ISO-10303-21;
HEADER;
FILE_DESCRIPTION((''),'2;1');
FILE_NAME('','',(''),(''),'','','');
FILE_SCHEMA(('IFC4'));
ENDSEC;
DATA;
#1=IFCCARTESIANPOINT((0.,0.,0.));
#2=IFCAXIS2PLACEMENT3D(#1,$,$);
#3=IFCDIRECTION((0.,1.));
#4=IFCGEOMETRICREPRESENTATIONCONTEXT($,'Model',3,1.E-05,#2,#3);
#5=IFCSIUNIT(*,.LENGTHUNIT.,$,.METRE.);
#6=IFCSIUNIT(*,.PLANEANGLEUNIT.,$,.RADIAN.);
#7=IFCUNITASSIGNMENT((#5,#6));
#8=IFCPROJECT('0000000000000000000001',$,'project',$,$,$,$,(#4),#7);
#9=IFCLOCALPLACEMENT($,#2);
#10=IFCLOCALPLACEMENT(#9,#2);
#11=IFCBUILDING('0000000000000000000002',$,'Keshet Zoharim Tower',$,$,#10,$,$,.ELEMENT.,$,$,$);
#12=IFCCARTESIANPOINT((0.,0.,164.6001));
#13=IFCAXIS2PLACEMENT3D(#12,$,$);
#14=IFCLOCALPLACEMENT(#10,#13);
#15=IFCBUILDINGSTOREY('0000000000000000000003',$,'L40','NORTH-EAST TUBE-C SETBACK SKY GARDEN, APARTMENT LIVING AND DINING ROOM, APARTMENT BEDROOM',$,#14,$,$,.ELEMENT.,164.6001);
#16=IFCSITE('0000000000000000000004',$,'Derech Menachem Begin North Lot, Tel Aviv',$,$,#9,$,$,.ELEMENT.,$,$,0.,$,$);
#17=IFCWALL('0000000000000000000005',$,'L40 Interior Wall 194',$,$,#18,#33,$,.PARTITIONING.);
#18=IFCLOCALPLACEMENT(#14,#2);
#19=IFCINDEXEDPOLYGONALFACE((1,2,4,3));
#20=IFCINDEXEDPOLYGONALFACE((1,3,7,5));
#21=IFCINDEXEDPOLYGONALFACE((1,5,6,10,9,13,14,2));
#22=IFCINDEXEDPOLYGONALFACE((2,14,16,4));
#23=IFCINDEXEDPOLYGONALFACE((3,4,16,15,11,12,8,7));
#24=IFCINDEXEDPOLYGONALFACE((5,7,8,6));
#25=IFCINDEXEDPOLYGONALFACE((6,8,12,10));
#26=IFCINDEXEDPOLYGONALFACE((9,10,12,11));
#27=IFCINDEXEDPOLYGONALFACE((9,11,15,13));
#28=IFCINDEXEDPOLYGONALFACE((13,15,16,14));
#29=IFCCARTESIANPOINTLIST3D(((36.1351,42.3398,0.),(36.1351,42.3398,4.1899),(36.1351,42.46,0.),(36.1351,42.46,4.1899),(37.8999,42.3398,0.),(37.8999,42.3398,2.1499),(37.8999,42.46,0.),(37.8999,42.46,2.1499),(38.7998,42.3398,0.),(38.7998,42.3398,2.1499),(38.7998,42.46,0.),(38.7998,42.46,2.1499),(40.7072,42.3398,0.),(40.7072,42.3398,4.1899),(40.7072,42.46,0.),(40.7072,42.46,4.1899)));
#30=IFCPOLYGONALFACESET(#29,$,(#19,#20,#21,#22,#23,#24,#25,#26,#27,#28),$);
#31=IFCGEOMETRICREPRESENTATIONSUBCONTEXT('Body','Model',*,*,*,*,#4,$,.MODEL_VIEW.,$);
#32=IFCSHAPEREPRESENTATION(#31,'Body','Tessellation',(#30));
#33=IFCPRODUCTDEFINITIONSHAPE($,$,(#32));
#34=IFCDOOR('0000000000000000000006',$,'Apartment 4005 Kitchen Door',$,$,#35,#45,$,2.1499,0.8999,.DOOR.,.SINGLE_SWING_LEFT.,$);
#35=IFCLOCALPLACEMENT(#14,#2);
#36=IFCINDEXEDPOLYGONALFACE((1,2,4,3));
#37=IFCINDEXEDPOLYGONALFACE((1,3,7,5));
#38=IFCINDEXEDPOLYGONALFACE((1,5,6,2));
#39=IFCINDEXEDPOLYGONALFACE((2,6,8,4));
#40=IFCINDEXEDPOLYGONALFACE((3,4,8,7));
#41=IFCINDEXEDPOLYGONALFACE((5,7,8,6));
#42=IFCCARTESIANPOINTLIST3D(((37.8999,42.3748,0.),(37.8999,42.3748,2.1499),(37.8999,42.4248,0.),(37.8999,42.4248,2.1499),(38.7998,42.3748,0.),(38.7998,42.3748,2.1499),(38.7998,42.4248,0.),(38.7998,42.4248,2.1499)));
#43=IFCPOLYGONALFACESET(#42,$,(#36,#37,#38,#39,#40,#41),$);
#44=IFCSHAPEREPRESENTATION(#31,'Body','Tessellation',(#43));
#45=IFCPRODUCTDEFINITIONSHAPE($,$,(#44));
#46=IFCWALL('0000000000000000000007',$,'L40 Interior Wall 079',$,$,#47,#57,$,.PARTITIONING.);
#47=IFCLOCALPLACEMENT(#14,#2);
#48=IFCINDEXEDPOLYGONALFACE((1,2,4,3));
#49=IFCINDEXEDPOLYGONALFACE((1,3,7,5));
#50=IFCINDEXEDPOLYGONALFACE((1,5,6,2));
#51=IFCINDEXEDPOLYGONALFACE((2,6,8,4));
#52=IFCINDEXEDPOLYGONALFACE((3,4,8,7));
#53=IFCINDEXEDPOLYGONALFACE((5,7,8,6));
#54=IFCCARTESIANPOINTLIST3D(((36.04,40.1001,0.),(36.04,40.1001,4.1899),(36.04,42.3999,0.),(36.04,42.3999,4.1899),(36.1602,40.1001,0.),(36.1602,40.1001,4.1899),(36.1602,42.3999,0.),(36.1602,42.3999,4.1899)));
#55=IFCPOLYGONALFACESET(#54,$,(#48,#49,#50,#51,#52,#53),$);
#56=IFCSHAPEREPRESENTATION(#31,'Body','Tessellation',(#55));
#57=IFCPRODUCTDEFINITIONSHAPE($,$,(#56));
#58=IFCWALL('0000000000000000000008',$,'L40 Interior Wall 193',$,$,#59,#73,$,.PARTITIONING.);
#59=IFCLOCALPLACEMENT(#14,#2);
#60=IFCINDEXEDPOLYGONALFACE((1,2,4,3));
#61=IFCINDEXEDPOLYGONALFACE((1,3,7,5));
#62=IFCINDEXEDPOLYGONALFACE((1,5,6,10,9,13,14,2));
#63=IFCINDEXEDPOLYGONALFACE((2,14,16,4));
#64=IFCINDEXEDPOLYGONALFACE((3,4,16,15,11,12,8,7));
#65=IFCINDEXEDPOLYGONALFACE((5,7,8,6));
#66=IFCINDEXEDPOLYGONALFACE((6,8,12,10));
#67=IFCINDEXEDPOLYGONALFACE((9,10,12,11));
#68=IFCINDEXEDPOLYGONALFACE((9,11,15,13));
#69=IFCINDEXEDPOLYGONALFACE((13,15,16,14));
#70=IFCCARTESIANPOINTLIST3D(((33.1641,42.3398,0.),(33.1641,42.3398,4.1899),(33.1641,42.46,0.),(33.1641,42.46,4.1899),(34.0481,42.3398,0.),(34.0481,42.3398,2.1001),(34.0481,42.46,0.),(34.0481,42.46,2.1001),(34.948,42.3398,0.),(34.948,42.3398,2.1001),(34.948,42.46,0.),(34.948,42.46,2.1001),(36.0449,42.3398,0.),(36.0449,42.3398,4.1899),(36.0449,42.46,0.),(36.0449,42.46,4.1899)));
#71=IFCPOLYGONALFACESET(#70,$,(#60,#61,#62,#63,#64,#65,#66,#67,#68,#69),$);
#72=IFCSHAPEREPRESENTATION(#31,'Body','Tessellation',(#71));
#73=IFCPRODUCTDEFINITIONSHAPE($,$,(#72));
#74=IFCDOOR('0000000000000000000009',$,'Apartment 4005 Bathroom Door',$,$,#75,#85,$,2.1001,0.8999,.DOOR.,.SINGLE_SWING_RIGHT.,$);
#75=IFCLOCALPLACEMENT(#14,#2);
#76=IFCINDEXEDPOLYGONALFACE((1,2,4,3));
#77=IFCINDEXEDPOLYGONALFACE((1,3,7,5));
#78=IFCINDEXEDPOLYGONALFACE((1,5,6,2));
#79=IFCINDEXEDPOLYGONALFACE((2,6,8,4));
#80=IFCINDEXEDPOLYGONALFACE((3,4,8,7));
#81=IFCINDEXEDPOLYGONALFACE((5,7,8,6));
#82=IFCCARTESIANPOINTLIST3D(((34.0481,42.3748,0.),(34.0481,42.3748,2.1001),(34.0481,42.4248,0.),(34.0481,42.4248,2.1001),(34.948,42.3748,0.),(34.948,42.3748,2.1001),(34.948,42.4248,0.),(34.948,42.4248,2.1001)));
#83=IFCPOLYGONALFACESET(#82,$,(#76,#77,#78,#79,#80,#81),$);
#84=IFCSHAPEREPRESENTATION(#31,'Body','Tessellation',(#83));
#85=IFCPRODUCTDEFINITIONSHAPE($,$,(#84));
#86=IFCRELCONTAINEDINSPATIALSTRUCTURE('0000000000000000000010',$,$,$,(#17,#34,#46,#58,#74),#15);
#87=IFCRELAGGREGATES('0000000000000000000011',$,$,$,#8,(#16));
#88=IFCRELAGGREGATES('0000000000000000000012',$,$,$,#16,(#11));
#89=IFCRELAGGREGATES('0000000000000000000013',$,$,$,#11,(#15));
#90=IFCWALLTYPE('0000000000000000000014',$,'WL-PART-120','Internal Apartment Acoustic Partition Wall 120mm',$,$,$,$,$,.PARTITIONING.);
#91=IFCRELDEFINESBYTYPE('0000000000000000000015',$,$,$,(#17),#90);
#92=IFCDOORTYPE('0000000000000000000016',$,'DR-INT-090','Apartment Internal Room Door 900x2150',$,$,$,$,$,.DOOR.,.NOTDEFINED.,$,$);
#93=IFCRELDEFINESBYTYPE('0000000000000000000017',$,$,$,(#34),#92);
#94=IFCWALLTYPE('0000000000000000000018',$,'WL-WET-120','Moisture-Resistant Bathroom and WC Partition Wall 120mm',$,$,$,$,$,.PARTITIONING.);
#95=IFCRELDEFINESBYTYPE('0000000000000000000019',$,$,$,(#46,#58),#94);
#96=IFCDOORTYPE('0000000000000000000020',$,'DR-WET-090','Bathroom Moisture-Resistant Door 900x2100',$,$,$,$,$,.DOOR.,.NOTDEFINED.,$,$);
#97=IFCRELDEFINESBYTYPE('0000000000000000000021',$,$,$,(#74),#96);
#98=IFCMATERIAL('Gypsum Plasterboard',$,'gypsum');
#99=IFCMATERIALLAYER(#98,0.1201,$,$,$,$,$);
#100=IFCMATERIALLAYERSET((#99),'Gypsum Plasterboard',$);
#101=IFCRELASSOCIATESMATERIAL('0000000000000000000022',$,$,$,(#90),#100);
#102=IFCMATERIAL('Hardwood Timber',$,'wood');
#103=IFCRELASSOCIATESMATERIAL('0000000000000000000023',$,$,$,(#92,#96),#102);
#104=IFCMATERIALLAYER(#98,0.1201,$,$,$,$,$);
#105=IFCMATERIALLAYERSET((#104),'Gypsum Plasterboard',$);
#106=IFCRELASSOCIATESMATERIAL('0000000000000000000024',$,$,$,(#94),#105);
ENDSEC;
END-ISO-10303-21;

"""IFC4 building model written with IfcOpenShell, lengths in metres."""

from ifc_helpers import new_model, si_unit, direction, frame, frame_2d, origin, place, context, subcontext, project, spatial, rectangle, extrude, material, layer, layer_set, type_object, element, fill, save


model = new_model("IFC4")

# Units and contexts
model_context = context("Model", 3, precision=1e-05, world=origin(), true_north=direction((0.0, 1.0)))
body_context = subcontext(model_context, "Body", "Model", "MODEL_VIEW")
ifc_project = project(units=[si_unit("LENGTHUNIT", "METRE"), si_unit("PLANEANGLEUNIT", "RADIAN")], contexts=[model_context])

# Site, building, storey
site_placement = place(None, origin())
site = spatial("IfcSite", under=ifc_project, at=site_placement, Name="Derech Menachem Begin North Lot, Tel Aviv", CompositionType="ELEMENT", RefElevation=0.0)
building_placement = place(site_placement, origin())
building = spatial("IfcBuilding", under=site, at=building_placement, Name="Keshet Zoharim Tower", CompositionType="ELEMENT")
storey_placement = place(building_placement, frame((0.0, 0.0, 164.6001)))
storey = spatial("IfcBuildingStorey", under=building, at=storey_placement, Name="L40", Description="NORTH-EAST TUBE-C SETBACK SKY GARDEN, APARTMENT LIVING AND DINING ROOM, APARTMENT BEDROOM", CompositionType="ELEMENT", Elevation=164.6001)

# Shared definitions
ifc_material_1 = material(Name="Gypsum Plasterboard", Category="gypsum")
ifc_layer_1 = layer(ifc_material_1, 0.1201)
ifc_layer_set_1 = layer_set([ifc_layer_1], Name="Gypsum Plasterboard")
wall_type_1 = type_object("IfcWallType", Name="WL-PART-120", Description="Internal Apartment Acoustic Partition Wall 120mm", PredefinedType="PARTITIONING", material=ifc_layer_set_1)

# Wall, opening, door
wall_1_placement = place(storey_placement, frame((36.135, 42.3999, 0.0), z_axis=(0.0, 0.0, 1.0), x_axis=(1.0, 0.0, 0.0)))
wall_1 = element("IfcWall", 1, at=wall_1_placement, inside=storey, type_object=wall_type_1, Name="L40 Interior Wall 194", PredefinedType="PARTITIONING", context=body_context, shape_type="SweptSolid", body=[
    extrude(rectangle(XDim=4.572, YDim=0.1201, at=frame_2d((2.2861, 0.0))), origin(), (0.0, 0.0, 1.0), 4.1899),
])
opening_1_placement = place(wall_1_placement, frame((1.7649, 0.0, 0.0)))
opening_1 = element("IfcOpeningElement", 2, at=opening_1_placement, cuts=wall_1, PredefinedType="OPENING", context=body_context, shape_type="SweptSolid", body=[
    extrude(rectangle(XDim=0.8999, YDim=2.1499, at=frame_2d((0.45, 1.075))), frame((0.0, 0.0701, 0.0), z_axis=(0.0, -1.0, 0.0), x_axis=(1.0, 0.0, 0.0)), (0.0, 0.0, 1.0), 0.1401),
])
ifc_material_2 = material(Name="Hardwood Timber", Category="wood")
door_type_1 = type_object("IfcDoorType", Name="DR-INT-090", Description="Apartment Internal Room Door 900x2150", OperationType="NOTDEFINED", PredefinedType="DOOR", material=ifc_material_2)
door_1_placement = place(opening_1_placement, origin())
door_1 = element("IfcDoor", 3, at=door_1_placement, inside=storey, type_object=door_type_1, Name="Apartment 4005 Kitchen Door", OperationType="SINGLE_SWING_LEFT", OverallHeight=2.1499, OverallWidth=0.8999, PredefinedType="DOOR", context=body_context, shape_type="SweptSolid", body=[
    extrude(rectangle(XDim=0.8999, YDim=2.1499, at=frame_2d((0.45, 1.075))), frame((0.0, 0.0249, 0.0), z_axis=(0.0, -1.0, 0.0), x_axis=(1.0, 0.0, 0.0)), (0.0, 0.0, 1.0), 0.05),
])
fill(opening_1, door_1)

# Wall
ifc_layer_2 = layer(ifc_material_1, 0.1201)
ifc_layer_set_2 = layer_set([ifc_layer_2], Name="Gypsum Plasterboard")
wall_type_2 = type_object("IfcWallType", Name="WL-WET-120", Description="Moisture-Resistant Bathroom and WC Partition Wall 120mm", PredefinedType="PARTITIONING", material=ifc_layer_set_2)
wall_2_placement = place(storey_placement, frame((36.1001, 40.1001, 0.0), z_axis=(0.0, 0.0, 1.0), x_axis=(0.0, 1.0, 0.0)))
element("IfcWall", 4, at=wall_2_placement, inside=storey, type_object=wall_type_2, Name="L40 Interior Wall 079", PredefinedType="PARTITIONING", context=body_context, shape_type="SweptSolid", body=[
    extrude(rectangle(XDim=2.2998, YDim=0.1201, at=frame_2d((1.1499, 0.0))), origin(), (0.0, 0.0, 1.0), 4.1899),
])

# Wall, opening, door
wall_3_placement = place(storey_placement, frame((33.1641, 42.3999, 0.0), z_axis=(0.0, 0.0, 1.0), x_axis=(1.0, 0.0, 0.0)))
wall_3 = element("IfcWall", 5, at=wall_3_placement, inside=storey, type_object=wall_type_2, Name="L40 Interior Wall 193", PredefinedType="PARTITIONING", context=body_context, shape_type="SweptSolid", body=[
    extrude(rectangle(XDim=2.8809, YDim=0.1201, at=frame_2d((1.4404, 0.0))), origin(), (0.0, 0.0, 1.0), 4.1899),
])
opening_2_placement = place(wall_3_placement, frame((0.884, 0.0, 0.0)))
opening_2 = element("IfcOpeningElement", 6, at=opening_2_placement, cuts=wall_3, PredefinedType="OPENING", context=body_context, shape_type="SweptSolid", body=[
    extrude(rectangle(XDim=0.8999, YDim=2.1001, at=frame_2d((0.45, 1.05))), frame((0.0, 0.0701, 0.0), z_axis=(0.0, -1.0, 0.0), x_axis=(1.0, 0.0, 0.0)), (0.0, 0.0, 1.0), 0.1401),
])
door_type_2 = type_object("IfcDoorType", Name="DR-WET-090", Description="Bathroom Moisture-Resistant Door 900x2100", OperationType="NOTDEFINED", PredefinedType="DOOR", material=ifc_material_2)
door_2_placement = place(opening_2_placement, origin())
door_2 = element("IfcDoor", 7, at=door_2_placement, inside=storey, type_object=door_type_2, Name="Apartment 4005 Bathroom Door", OperationType="SINGLE_SWING_RIGHT", OverallHeight=2.1001, OverallWidth=0.8999, PredefinedType="DOOR", context=body_context, shape_type="SweptSolid", body=[
    extrude(rectangle(XDim=0.8999, YDim=2.1001, at=frame_2d((0.45, 1.05))), frame((0.0, 0.0249, 0.0), z_axis=(0.0, -1.0, 0.0), x_axis=(1.0, 0.0, 0.0)), (0.0, 0.0, 1.0), 0.05),
])
fill(opening_2, door_2)

save(model, "model.ifc")
